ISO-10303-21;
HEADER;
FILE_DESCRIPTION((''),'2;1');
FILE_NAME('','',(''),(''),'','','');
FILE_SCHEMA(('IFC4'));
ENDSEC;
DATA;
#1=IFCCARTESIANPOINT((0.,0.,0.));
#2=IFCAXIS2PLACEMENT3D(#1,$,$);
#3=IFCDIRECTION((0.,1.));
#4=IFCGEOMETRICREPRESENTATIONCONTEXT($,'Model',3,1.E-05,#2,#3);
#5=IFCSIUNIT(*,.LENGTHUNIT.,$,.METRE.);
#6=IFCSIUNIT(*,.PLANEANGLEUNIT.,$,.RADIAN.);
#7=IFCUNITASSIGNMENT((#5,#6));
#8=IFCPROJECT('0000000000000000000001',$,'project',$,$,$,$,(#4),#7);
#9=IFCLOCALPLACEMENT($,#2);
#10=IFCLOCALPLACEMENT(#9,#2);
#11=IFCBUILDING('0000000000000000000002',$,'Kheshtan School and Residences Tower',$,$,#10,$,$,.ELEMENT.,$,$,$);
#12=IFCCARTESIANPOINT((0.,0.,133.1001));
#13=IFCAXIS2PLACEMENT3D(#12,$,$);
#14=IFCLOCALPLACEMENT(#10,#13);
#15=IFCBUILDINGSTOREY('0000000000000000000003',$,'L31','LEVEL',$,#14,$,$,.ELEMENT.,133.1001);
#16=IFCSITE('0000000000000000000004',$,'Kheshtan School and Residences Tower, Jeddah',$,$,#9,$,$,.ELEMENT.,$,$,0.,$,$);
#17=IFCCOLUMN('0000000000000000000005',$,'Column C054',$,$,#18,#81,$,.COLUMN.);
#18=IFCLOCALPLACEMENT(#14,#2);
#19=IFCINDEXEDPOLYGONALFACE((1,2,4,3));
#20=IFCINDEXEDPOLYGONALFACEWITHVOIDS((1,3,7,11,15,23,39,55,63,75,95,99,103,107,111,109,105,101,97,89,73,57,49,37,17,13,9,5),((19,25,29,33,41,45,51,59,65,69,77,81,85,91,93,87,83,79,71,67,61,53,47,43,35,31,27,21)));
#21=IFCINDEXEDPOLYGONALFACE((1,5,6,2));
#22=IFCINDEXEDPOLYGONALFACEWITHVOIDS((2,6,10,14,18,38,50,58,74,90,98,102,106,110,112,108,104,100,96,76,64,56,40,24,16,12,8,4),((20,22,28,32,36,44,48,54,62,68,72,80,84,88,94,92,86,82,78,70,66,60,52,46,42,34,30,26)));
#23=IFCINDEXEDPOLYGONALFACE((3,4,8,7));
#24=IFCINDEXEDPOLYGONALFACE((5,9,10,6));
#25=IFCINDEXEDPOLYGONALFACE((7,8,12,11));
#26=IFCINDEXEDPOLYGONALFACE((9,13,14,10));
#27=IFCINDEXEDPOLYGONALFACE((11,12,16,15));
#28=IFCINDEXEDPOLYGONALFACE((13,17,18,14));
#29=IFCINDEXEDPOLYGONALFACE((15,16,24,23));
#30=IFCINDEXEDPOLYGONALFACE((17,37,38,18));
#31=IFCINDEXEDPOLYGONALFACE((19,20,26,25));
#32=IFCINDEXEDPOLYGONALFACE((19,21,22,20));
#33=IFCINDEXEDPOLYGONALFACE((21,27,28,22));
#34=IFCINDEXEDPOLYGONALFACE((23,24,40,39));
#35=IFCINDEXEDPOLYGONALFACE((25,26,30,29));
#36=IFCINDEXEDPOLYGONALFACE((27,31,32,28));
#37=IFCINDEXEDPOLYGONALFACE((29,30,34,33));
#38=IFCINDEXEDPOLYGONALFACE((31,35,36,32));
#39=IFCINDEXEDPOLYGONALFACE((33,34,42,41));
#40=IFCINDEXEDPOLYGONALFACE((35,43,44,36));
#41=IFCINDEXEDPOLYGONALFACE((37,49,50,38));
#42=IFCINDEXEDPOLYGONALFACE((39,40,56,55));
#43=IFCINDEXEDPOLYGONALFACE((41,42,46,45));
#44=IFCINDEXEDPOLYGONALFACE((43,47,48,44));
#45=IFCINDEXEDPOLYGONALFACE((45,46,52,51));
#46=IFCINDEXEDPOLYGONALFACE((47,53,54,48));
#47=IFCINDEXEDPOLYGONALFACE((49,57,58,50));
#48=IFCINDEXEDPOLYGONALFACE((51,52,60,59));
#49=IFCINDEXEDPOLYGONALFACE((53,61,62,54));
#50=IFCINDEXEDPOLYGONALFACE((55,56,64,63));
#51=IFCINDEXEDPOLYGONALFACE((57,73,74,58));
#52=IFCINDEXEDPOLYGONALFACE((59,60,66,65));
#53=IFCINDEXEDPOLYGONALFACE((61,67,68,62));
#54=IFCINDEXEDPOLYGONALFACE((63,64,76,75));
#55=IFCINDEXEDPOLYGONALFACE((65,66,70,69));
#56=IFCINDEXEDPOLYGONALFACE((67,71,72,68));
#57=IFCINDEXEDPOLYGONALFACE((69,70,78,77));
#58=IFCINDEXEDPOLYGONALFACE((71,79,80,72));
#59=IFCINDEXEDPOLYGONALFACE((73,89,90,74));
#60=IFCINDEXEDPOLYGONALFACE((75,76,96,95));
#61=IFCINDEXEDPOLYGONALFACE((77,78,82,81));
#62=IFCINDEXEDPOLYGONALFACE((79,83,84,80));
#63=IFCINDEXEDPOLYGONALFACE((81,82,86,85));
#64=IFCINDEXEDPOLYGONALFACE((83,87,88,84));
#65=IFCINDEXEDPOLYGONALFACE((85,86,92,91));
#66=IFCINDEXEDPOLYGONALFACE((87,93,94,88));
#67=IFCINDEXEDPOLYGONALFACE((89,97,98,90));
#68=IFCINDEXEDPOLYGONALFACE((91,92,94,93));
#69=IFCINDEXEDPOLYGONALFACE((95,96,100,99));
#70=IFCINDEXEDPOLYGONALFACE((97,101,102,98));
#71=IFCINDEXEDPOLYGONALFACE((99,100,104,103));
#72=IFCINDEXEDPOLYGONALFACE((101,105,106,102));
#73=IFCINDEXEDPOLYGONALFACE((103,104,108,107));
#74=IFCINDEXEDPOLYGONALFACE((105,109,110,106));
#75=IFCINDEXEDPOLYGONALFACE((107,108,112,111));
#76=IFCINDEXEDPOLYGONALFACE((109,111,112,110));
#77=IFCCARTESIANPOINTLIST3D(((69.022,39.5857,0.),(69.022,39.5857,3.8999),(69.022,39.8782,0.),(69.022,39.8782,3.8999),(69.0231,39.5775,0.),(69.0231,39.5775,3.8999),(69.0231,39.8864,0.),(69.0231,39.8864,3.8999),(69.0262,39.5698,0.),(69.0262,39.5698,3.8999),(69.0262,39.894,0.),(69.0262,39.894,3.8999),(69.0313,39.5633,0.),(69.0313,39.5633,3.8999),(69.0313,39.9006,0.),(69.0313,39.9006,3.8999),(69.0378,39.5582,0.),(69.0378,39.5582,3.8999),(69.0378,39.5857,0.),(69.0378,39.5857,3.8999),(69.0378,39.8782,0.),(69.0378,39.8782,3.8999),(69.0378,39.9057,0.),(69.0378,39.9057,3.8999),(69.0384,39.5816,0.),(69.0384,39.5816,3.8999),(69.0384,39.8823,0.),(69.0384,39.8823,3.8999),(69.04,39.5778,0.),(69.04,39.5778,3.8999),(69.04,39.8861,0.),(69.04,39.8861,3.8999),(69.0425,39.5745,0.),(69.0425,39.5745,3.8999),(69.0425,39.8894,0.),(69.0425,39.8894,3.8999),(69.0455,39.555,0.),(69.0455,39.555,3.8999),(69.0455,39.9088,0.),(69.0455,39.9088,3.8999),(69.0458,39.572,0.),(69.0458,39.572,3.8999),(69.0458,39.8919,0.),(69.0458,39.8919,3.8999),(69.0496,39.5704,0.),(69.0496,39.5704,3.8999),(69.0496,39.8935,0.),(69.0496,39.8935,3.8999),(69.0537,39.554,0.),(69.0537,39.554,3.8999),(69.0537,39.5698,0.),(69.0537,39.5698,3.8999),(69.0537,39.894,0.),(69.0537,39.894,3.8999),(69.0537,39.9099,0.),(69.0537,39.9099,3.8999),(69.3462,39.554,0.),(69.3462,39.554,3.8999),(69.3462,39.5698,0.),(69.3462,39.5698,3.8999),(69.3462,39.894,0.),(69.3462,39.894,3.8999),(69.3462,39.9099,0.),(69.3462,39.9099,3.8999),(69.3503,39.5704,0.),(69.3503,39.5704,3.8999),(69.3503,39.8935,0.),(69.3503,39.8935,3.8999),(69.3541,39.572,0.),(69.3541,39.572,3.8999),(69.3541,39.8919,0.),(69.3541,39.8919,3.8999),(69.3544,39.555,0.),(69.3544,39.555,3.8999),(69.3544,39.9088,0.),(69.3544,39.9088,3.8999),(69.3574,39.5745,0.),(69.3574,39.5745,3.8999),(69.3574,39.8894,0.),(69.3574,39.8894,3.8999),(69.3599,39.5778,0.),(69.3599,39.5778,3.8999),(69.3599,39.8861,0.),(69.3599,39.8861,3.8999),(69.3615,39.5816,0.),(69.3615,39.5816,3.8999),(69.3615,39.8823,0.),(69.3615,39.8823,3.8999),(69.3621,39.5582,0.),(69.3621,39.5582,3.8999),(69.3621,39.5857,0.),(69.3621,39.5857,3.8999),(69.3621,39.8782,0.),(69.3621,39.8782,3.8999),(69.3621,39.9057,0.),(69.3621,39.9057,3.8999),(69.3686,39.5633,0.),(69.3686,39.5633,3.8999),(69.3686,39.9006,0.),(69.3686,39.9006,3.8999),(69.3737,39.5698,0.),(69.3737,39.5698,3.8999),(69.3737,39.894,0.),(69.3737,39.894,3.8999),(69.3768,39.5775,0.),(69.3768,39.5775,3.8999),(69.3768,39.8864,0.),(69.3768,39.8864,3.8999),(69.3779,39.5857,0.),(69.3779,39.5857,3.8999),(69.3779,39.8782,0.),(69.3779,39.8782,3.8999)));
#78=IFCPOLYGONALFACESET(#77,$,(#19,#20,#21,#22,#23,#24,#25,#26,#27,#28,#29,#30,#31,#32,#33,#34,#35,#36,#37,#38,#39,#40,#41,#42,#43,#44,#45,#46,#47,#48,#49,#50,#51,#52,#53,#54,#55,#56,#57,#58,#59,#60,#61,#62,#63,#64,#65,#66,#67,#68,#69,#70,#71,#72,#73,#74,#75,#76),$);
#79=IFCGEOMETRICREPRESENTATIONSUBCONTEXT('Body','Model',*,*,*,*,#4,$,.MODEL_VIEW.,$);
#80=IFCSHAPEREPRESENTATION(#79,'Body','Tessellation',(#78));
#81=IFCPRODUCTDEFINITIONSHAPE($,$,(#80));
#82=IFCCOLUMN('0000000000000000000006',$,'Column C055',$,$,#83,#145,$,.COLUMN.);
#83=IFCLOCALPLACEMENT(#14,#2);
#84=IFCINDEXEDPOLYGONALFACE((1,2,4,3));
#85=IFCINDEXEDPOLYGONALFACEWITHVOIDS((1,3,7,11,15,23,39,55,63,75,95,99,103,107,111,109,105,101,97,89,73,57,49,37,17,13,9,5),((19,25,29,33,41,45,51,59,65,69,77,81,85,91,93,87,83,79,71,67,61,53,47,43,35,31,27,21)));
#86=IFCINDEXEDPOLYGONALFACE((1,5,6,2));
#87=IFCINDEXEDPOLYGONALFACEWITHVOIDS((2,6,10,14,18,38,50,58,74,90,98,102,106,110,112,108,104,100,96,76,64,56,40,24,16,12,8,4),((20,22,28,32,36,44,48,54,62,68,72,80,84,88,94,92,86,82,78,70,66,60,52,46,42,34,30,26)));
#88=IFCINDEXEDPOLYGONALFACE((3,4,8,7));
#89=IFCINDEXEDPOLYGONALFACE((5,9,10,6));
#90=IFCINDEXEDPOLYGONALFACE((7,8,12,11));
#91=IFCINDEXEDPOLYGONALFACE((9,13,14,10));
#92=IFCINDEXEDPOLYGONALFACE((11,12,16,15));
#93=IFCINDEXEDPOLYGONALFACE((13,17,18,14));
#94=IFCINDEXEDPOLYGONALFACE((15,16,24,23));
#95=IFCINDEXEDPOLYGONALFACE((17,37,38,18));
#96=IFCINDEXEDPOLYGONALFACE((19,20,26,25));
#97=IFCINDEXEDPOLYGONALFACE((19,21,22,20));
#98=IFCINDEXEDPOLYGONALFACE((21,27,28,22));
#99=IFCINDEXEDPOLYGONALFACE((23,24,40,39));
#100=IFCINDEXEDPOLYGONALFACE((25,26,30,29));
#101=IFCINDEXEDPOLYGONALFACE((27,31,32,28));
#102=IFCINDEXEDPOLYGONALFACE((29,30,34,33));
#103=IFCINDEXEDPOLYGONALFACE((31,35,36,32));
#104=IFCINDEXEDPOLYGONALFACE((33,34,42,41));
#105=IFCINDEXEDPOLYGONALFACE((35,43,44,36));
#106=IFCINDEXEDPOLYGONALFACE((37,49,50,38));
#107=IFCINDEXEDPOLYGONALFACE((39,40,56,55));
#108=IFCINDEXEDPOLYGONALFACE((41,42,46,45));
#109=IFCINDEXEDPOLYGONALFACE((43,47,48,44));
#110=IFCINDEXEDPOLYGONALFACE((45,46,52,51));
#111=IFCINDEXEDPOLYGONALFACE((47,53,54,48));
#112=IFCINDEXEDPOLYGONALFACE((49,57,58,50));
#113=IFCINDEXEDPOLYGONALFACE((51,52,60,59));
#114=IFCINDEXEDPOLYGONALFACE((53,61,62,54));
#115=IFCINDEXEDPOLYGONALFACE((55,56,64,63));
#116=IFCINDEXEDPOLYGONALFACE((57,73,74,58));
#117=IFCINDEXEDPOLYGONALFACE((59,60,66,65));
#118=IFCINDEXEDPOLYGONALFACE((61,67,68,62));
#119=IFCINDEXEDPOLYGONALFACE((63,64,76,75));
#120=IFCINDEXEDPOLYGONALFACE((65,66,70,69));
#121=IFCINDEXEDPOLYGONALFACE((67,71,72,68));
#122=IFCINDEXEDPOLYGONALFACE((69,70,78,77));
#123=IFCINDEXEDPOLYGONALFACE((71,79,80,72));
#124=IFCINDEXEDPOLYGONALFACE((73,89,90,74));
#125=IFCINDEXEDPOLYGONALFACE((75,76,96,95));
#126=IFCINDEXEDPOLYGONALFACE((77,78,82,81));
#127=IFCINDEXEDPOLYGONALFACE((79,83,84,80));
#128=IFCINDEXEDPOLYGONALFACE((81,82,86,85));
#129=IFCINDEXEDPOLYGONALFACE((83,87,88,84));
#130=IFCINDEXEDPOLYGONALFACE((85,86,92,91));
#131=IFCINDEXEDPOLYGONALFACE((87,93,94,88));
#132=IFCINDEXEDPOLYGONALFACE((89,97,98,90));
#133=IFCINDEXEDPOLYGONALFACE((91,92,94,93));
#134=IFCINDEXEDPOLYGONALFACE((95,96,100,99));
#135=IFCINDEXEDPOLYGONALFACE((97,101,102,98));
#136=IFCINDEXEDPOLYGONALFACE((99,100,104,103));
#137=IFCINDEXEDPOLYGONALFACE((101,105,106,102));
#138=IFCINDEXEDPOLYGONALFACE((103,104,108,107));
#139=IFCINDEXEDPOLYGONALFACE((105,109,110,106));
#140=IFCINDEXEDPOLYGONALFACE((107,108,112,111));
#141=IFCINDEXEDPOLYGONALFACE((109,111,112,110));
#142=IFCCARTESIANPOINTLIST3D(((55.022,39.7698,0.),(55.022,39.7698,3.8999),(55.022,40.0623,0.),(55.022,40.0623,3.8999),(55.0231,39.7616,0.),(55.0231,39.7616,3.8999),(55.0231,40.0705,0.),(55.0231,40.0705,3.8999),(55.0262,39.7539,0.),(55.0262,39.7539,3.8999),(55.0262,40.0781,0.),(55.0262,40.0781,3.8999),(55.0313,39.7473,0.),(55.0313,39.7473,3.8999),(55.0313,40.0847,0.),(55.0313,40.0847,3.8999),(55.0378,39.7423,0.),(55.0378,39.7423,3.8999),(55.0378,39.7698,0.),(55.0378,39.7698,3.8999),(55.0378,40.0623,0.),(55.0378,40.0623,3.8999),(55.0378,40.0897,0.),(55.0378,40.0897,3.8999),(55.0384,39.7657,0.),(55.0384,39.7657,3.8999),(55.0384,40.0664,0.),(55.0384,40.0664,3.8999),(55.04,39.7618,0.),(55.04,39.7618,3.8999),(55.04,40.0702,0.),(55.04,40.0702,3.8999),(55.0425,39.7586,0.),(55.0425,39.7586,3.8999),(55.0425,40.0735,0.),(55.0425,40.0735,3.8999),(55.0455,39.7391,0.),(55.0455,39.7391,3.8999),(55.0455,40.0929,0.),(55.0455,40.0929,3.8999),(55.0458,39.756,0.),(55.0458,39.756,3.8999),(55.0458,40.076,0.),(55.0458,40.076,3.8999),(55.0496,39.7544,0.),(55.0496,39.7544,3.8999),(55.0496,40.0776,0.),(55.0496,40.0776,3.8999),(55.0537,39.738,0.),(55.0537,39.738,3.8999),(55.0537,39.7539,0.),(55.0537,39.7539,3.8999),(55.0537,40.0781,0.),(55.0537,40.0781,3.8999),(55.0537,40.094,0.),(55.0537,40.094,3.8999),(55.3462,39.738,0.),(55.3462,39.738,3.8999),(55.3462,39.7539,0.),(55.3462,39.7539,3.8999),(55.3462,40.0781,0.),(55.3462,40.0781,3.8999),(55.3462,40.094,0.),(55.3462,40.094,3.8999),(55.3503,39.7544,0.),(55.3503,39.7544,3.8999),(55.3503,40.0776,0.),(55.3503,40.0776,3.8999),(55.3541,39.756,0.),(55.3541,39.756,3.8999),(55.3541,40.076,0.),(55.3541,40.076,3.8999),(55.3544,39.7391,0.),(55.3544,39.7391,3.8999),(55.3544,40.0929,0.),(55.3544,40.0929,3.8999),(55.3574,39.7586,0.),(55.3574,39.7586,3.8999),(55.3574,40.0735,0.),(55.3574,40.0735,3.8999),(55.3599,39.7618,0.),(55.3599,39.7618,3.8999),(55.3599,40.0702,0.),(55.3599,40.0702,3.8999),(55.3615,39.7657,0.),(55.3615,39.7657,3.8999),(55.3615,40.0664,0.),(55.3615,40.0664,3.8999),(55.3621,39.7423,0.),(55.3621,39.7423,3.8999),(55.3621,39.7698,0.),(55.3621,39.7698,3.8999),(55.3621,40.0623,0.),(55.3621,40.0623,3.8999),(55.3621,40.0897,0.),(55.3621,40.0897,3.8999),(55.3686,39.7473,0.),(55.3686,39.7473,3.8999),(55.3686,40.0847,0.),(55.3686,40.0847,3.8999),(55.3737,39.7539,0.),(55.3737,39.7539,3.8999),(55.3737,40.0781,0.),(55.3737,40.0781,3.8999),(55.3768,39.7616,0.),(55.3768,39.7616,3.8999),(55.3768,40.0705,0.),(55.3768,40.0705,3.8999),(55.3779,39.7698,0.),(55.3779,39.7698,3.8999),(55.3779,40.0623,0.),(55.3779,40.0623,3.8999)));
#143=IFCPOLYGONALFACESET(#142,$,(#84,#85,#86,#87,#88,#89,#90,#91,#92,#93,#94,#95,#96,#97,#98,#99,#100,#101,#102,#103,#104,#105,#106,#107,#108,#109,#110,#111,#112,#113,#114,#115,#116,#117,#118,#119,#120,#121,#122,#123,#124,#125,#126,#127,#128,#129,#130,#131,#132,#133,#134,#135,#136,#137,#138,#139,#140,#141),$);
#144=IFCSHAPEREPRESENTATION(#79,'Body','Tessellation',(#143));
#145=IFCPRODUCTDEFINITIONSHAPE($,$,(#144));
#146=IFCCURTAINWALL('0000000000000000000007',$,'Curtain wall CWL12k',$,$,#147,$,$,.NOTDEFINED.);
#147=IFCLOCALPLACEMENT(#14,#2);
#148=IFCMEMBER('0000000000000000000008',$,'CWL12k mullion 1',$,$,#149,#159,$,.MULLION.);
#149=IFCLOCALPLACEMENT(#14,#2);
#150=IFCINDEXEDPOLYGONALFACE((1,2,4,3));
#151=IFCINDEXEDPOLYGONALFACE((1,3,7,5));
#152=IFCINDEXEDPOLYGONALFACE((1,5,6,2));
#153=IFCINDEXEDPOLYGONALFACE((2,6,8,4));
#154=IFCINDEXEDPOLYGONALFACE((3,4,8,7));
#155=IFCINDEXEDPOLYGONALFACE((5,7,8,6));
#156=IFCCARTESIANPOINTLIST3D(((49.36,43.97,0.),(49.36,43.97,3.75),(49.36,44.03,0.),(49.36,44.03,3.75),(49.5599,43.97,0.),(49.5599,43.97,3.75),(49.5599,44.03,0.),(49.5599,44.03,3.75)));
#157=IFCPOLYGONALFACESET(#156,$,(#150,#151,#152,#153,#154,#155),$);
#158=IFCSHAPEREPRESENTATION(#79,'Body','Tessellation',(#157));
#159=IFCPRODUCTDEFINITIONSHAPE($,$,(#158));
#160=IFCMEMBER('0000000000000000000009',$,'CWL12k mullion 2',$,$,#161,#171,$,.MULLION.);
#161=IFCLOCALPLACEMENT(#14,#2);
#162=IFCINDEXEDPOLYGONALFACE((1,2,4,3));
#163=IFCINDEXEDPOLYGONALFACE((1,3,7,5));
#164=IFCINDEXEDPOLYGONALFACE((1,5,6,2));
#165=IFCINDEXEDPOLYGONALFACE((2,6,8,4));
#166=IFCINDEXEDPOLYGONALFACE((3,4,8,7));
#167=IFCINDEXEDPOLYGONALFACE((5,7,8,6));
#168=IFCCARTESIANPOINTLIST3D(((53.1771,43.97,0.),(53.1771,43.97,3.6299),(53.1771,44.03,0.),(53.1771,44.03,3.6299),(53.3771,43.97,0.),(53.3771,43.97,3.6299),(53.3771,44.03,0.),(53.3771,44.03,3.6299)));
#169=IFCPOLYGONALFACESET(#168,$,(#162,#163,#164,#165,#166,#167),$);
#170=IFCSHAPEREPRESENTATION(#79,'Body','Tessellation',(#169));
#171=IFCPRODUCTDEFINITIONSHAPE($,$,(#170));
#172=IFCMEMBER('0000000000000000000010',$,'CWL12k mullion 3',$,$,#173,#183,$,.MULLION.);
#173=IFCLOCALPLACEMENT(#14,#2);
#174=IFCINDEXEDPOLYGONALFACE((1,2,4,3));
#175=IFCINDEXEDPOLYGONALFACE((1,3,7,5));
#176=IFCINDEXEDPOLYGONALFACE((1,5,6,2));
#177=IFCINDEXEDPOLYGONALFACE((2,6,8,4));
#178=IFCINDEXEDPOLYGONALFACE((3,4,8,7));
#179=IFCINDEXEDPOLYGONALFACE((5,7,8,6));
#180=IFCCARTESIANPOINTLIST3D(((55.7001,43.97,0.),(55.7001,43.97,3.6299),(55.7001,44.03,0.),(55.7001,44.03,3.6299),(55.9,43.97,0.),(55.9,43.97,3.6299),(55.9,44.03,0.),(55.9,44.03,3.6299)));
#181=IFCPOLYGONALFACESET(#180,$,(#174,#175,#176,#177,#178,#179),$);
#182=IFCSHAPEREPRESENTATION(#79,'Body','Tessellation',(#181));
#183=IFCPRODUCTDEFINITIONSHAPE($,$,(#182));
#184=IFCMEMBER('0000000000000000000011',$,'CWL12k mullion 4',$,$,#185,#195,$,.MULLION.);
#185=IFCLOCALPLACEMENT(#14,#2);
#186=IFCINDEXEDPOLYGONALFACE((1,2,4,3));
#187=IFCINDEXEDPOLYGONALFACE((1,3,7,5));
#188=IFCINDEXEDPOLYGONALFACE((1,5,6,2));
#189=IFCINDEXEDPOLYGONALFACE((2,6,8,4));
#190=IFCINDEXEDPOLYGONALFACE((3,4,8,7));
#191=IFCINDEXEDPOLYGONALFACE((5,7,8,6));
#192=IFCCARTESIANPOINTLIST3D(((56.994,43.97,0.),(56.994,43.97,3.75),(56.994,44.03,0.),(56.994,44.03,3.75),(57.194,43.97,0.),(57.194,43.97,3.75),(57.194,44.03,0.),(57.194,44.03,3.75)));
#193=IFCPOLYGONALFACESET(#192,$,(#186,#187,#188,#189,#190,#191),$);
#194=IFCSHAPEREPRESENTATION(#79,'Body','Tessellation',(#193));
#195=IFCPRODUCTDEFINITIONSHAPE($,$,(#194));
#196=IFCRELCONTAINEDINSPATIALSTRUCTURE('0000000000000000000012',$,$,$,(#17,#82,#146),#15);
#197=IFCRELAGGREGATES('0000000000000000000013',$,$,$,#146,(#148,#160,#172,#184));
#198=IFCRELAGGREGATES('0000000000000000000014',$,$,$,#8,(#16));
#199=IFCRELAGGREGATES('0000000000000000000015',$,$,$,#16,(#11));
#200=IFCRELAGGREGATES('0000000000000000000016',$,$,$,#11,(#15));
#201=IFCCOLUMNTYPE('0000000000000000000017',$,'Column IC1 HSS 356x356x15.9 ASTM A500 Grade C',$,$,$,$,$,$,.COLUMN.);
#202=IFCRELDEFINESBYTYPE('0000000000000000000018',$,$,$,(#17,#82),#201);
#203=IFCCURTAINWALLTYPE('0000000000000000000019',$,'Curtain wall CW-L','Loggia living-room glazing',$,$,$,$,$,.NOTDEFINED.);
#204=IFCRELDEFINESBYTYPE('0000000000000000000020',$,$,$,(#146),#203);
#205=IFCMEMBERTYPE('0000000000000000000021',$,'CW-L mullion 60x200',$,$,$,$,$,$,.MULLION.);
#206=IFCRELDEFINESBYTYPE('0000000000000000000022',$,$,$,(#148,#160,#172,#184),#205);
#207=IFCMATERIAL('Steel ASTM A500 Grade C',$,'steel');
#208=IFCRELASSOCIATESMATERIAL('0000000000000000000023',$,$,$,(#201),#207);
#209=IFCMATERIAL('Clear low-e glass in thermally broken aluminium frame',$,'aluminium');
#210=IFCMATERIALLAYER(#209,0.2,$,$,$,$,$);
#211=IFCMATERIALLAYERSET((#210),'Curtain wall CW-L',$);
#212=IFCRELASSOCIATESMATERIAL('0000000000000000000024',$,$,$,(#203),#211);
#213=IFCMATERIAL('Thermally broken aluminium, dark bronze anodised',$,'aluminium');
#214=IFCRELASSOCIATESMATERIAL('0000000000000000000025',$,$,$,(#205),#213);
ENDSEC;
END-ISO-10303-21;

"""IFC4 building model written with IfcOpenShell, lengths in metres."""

from ifc_helpers import new_model, si_unit, direction, frame, origin, origin_2d, place, context, subcontext, project, spatial, rectangle, hollow_rectangle, extrude, material, layer, layer_set, material_profile, profile_set, type_object, element, aggregate, save


model = new_model("IFC4")

# Units and contexts
model_context = context("Model", 3, precision=1e-05, world=origin(), true_north=direction((0.0, 1.0)))
body_context = subcontext(model_context, "Body", "Model", "MODEL_VIEW")
ifc_project = project(units=[si_unit("LENGTHUNIT", "METRE"), si_unit("PLANEANGLEUNIT", "RADIAN")], contexts=[model_context])

# Site, building, storey
site_placement = place(None, origin())
site = spatial("IfcSite", under=ifc_project, at=site_placement, Name="Kheshtan School and Residences Tower, Jeddah", CompositionType="ELEMENT", RefElevation=0.0)
building_placement = place(site_placement, origin())
building = spatial("IfcBuilding", under=site, at=building_placement, Name="Kheshtan School and Residences Tower", CompositionType="ELEMENT")
storey_placement = place(building_placement, frame((0.0, 0.0, 133.1001)))
storey = spatial("IfcBuildingStorey", under=building, at=storey_placement, Name="L31", Description="LEVEL", CompositionType="ELEMENT", Elevation=133.1001)

# Columns
ifc_material_1 = material(Name="Steel ASTM A500 Grade C", Category="steel")
ifc_material_profile_1 = material_profile(ifc_material_1, hollow_rectangle(XDim=0.356, YDim=0.356, WallThickness=0.0159, InnerFilletRadius=0.0159, OuterFilletRadius=0.0317, at=origin_2d()), Name="HSS 356x356x15.9")
ifc_profile_set_1 = profile_set([ifc_material_profile_1], Name="Steel ASTM A500 Grade C")
column_type = type_object("IfcColumnType", Name="Column IC1 HSS 356x356x15.9 ASTM A500 Grade C", PredefinedType="COLUMN", material=ifc_profile_set_1)
for number, where, z_axis, x_axis, name in (
    (1, (69.2, 39.7319, 0.0), (0.0, 0.0, 1.0), (1.0, 0.0, 0.0), "Column C054"),
    (2, (55.2, 39.916, 0.0), (0.0, 0.0, 1.0), (1.0, 0.0, 0.0), "Column C055"),
):
    element("IfcColumn", number, at=place(storey_placement, frame(where, z_axis=z_axis, x_axis=x_axis)), inside=storey, type_object=column_type, Name=name, PredefinedType="COLUMN", context=body_context, shape_type="SweptSolid", body=[
        extrude(hollow_rectangle(XDim=0.356, YDim=0.356, WallThickness=0.0159, InnerFilletRadius=0.0159, OuterFilletRadius=0.0317, at=origin_2d()), origin(), (0.0, 0.0, 1.0), 3.8999),
    ])

# Curtain wall, members
ifc_material_2 = material(Name="Clear low-e glass in thermally broken aluminium frame", Category="aluminium")
ifc_layer_1 = layer(ifc_material_2, 0.2)
ifc_layer_set_1 = layer_set([ifc_layer_1], Name="Curtain wall CW-L")
curtain_wall_type = type_object("IfcCurtainWallType", Name="Curtain wall CW-L", Description="Loggia living-room glazing", PredefinedType="NOTDEFINED", material=ifc_layer_set_1)
curtain_wall_1_placement = place(storey_placement, origin())
curtain_wall_1 = element("IfcCurtainWall", 3, at=curtain_wall_1_placement, inside=storey, type_object=curtain_wall_type, Name="Curtain wall CWL12k", PredefinedType="NOTDEFINED")
ifc_material_3 = material(Name="Thermally broken aluminium, dark bronze anodised", Category="aluminium")
ifc_material_profile_2 = material_profile(ifc_material_3, rectangle(XDim=0.0601, YDim=0.2, at=origin_2d()), Name="CW-L mullion 60x200")
ifc_profile_set_2 = profile_set([ifc_material_profile_2], Name="Thermally broken aluminium, dark bronze anodised")
member_type_1 = type_object("IfcMemberType", Name="CW-L mullion 60x200", PredefinedType="MULLION", material=ifc_profile_set_2)
member_1_placement = place(storey_placement, frame((49.46, 44.0, 0.0), z_axis=(0.0, 0.0, 1.0), x_axis=(0.0, 1.0, 0.0)))
member_1 = element("IfcMember", 4, at=member_1_placement, type_object=member_type_1, Name="CWL12k mullion 1", PredefinedType="MULLION", context=body_context, shape_type="SweptSolid", body=[
    extrude(rectangle(XDim=0.0601, YDim=0.2, at=origin_2d()), origin(), (0.0, 0.0, 1.0), 3.75),
])
member_2_placement = place(storey_placement, frame((53.2771, 44.0, 0.0), z_axis=(0.0, 0.0, 1.0), x_axis=(0.0, 1.0, 0.0)))
member_2 = element("IfcMember", 5, at=member_2_placement, type_object=member_type_1, Name="CWL12k mullion 2", PredefinedType="MULLION", context=body_context, shape_type="SweptSolid", body=[
    extrude(rectangle(XDim=0.0601, YDim=0.2, at=origin_2d()), origin(), (0.0, 0.0, 1.0), 3.6299),
])
member_3_placement = place(storey_placement, frame((55.8, 44.0, 0.0), z_axis=(0.0, 0.0, 1.0), x_axis=(0.0, 1.0, 0.0)))
member_3 = element("IfcMember", 6, at=member_3_placement, type_object=member_type_1, Name="CWL12k mullion 3", PredefinedType="MULLION", context=body_context, shape_type="SweptSolid", body=[
    extrude(rectangle(XDim=0.0601, YDim=0.2, at=origin_2d()), origin(), (0.0, 0.0, 1.0), 3.6299),
])
member_4_placement = place(storey_placement, frame((57.094, 44.0, 0.0), z_axis=(0.0, 0.0, 1.0), x_axis=(0.0, 1.0, 0.0)))
member_4 = element("IfcMember", 7, at=member_4_placement, type_object=member_type_1, Name="CWL12k mullion 4", PredefinedType="MULLION", context=body_context, shape_type="SweptSolid", body=[
    extrude(rectangle(XDim=0.0601, YDim=0.2, at=origin_2d()), origin(), (0.0, 0.0, 1.0), 3.75),
])

aggregate(curtain_wall_1, [member_1, member_2, member_3, member_4])

save(model, "model.ifc")
